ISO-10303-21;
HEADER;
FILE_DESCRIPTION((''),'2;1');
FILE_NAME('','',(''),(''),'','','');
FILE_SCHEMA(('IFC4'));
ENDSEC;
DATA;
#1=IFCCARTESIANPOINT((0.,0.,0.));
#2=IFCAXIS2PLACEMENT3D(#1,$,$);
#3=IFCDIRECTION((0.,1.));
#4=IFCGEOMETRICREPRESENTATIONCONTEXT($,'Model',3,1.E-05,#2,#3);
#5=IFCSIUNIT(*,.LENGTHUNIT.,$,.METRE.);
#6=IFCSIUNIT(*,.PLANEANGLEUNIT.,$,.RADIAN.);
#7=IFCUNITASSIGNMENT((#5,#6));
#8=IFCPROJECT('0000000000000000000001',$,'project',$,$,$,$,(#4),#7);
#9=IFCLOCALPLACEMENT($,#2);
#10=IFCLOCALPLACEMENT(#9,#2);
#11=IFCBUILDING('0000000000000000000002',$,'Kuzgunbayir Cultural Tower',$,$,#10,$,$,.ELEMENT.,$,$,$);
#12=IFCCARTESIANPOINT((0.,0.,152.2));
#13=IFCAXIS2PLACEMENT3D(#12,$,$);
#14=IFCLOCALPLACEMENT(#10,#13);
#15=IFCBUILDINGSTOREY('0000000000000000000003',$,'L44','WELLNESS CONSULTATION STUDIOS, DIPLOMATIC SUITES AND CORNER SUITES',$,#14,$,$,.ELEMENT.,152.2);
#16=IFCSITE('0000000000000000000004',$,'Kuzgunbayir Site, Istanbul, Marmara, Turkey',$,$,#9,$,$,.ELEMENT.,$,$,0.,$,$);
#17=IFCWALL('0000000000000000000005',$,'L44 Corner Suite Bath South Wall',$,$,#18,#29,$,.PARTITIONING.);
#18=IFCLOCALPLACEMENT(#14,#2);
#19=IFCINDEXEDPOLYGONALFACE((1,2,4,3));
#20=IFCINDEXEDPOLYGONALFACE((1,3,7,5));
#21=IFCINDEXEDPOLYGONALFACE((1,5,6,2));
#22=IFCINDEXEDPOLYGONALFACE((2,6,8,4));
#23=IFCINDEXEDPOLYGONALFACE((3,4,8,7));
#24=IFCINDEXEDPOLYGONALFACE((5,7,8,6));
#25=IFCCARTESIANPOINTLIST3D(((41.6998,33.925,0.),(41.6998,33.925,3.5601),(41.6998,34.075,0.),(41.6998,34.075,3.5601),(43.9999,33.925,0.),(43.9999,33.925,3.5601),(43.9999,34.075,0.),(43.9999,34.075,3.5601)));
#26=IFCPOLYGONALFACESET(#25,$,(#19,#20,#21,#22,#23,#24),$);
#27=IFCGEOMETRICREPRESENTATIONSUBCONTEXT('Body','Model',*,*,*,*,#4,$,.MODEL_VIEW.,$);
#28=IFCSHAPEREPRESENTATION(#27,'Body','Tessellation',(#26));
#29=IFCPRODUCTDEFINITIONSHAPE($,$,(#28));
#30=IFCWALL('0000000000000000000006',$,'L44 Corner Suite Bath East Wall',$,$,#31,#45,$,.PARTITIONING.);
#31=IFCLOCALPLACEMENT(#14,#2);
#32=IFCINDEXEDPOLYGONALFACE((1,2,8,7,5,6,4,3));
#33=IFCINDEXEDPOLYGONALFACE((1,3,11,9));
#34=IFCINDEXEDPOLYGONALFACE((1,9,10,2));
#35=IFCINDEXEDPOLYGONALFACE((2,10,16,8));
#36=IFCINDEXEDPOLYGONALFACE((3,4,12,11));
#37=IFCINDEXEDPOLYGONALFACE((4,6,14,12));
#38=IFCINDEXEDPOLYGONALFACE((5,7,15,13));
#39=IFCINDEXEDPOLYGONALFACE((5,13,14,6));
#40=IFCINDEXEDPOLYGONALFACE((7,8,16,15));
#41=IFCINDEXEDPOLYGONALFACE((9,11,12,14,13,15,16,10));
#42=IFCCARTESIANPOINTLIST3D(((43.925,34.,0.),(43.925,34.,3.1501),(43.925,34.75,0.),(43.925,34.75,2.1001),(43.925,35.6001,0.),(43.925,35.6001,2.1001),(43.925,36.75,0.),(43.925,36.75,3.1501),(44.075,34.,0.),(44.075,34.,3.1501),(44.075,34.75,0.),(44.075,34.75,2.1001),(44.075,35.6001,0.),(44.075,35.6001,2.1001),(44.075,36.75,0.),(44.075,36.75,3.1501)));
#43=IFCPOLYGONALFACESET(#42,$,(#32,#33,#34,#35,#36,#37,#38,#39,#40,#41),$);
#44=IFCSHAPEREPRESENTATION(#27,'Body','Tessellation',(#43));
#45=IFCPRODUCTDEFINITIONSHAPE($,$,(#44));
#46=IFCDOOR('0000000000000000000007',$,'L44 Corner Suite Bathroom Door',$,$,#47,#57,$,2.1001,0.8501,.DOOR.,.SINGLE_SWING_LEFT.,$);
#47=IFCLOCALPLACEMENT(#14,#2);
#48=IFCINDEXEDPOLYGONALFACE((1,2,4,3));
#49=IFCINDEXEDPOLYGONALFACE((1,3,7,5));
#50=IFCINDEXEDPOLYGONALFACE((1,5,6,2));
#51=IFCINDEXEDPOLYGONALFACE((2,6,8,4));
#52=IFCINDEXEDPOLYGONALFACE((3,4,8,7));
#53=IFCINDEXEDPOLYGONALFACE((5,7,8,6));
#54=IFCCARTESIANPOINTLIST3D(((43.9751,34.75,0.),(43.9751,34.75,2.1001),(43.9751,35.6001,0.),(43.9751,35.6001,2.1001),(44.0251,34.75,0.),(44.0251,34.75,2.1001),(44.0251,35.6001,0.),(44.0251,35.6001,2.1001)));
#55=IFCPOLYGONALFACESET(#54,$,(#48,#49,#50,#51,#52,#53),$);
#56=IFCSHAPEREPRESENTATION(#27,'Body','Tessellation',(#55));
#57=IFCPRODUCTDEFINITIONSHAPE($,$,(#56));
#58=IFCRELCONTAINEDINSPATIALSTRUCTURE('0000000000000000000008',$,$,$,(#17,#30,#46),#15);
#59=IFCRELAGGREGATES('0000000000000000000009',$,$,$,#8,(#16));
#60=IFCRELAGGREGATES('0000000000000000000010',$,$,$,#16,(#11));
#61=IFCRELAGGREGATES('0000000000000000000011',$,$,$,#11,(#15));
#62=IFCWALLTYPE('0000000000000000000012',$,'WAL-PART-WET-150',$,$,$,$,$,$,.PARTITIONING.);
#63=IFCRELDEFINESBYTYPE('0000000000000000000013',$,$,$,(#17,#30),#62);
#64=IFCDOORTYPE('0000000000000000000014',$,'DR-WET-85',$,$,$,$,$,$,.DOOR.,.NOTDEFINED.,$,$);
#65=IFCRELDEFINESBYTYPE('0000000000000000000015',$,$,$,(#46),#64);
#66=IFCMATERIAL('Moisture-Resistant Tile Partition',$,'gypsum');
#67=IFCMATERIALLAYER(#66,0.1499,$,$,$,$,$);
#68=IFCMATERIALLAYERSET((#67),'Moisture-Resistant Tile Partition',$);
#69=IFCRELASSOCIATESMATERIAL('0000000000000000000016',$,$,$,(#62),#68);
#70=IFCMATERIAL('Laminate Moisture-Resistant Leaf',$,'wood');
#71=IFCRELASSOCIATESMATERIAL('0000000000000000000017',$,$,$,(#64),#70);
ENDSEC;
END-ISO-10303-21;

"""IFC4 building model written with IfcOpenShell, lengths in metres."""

from ifc_helpers import new_model, si_unit, direction, frame, frame_2d, origin, place, context, subcontext, project, spatial, rectangle, extrude, material, layer, layer_set, type_object, element, fill, save


model = new_model("IFC4")

# Units and contexts
model_context = context("Model", 3, precision=1e-05, world=origin(), true_north=direction((0.0, 1.0)))
body_context = subcontext(model_context, "Body", "Model", "MODEL_VIEW")
ifc_project = project(units=[si_unit("LENGTHUNIT", "METRE"), si_unit("PLANEANGLEUNIT", "RADIAN")], contexts=[model_context])

# Site, building, storey
site_placement = place(None, origin())
site = spatial("IfcSite", under=ifc_project, at=site_placement, Name="Kuzgunbayir Site, Istanbul, Marmara, Turkey", CompositionType="ELEMENT", RefElevation=0.0)
building_placement = place(site_placement, origin())
building = spatial("IfcBuilding", under=site, at=building_placement, Name="Kuzgunbayir Cultural Tower", CompositionType="ELEMENT")
storey_placement = place(building_placement, frame((0.0, 0.0, 152.2)))
storey = spatial("IfcBuildingStorey", under=building, at=storey_placement, Name="L44", Description="WELLNESS CONSULTATION STUDIOS, DIPLOMATIC SUITES AND CORNER SUITES", CompositionType="ELEMENT", Elevation=152.2)

# Wall
ifc_material_1 = material(Name="Moisture-Resistant Tile Partition", Category="gypsum")
ifc_layer_1 = layer(ifc_material_1, 0.1499)
ifc_layer_set_1 = layer_set([ifc_layer_1], Name="Moisture-Resistant Tile Partition")
wall_type_1 = type_object("IfcWallType", Name="WAL-PART-WET-150", PredefinedType="PARTITIONING", material=ifc_layer_set_1)
wall_1_placement = place(storey_placement, frame((41.7, 34.0, 0.0), z_axis=(0.0, 0.0, 1.0), x_axis=(1.0, 0.0, 0.0)))
element("IfcWall", 1, at=wall_1_placement, inside=storey, type_object=wall_type_1, Name="L44 Corner Suite Bath South Wall", PredefinedType="PARTITIONING", context=body_context, shape_type="SweptSolid", body=[
    extrude(rectangle(XDim=2.3, YDim=0.1499, at=frame_2d((1.1499, 0.0))), origin(), (0.0, 0.0, 1.0), 3.5601),
])

# Wall, opening, door
wall_2_placement = place(storey_placement, frame((44.0, 34.0, 0.0), z_axis=(0.0, 0.0, 1.0), x_axis=(0.0, 1.0, 0.0)))
wall_2 = element("IfcWall", 2, at=wall_2_placement, inside=storey, type_object=wall_type_1, Name="L44 Corner Suite Bath East Wall", PredefinedType="PARTITIONING", context=body_context, shape_type="SweptSolid", body=[
    extrude(rectangle(XDim=2.75, YDim=0.1499, at=frame_2d((1.375, 0.0))), origin(), (0.0, 0.0, 1.0), 3.1501),
])
opening_1_placement = place(wall_2_placement, frame((0.75, 0.0, 0.0)))
opening_1 = element("IfcOpeningElement", 3, at=opening_1_placement, cuts=wall_2, PredefinedType="OPENING", context=body_context, shape_type="SweptSolid", body=[
    extrude(rectangle(XDim=0.8501, YDim=2.1001, at=frame_2d((0.425, 1.05))), frame((0.0, 0.085, 0.0), z_axis=(0.0, -1.0, 0.0), x_axis=(1.0, 0.0, 0.0)), (0.0, 0.0, 1.0), 0.1699),
])
ifc_material_2 = material(Name="Laminate Moisture-Resistant Leaf", Category="wood")
door_type_1 = type_object("IfcDoorType", Name="DR-WET-85", OperationType="NOTDEFINED", PredefinedType="DOOR", material=ifc_material_2)
door_1_placement = place(opening_1_placement, origin())
door_1 = element("IfcDoor", 4, at=door_1_placement, inside=storey, type_object=door_type_1, Name="L44 Corner Suite Bathroom Door", OperationType="SINGLE_SWING_LEFT", OverallHeight=2.1001, OverallWidth=0.8501, PredefinedType="DOOR", context=body_context, shape_type="SweptSolid", body=[
    extrude(rectangle(XDim=0.8501, YDim=2.1001, at=frame_2d((0.425, 1.05))), frame((0.0, 0.0249, 0.0), z_axis=(0.0, -1.0, 0.0), x_axis=(1.0, 0.0, 0.0)), (0.0, 0.0, 1.0), 0.05),
])
fill(opening_1, door_1)

save(model, "model.ifc")
